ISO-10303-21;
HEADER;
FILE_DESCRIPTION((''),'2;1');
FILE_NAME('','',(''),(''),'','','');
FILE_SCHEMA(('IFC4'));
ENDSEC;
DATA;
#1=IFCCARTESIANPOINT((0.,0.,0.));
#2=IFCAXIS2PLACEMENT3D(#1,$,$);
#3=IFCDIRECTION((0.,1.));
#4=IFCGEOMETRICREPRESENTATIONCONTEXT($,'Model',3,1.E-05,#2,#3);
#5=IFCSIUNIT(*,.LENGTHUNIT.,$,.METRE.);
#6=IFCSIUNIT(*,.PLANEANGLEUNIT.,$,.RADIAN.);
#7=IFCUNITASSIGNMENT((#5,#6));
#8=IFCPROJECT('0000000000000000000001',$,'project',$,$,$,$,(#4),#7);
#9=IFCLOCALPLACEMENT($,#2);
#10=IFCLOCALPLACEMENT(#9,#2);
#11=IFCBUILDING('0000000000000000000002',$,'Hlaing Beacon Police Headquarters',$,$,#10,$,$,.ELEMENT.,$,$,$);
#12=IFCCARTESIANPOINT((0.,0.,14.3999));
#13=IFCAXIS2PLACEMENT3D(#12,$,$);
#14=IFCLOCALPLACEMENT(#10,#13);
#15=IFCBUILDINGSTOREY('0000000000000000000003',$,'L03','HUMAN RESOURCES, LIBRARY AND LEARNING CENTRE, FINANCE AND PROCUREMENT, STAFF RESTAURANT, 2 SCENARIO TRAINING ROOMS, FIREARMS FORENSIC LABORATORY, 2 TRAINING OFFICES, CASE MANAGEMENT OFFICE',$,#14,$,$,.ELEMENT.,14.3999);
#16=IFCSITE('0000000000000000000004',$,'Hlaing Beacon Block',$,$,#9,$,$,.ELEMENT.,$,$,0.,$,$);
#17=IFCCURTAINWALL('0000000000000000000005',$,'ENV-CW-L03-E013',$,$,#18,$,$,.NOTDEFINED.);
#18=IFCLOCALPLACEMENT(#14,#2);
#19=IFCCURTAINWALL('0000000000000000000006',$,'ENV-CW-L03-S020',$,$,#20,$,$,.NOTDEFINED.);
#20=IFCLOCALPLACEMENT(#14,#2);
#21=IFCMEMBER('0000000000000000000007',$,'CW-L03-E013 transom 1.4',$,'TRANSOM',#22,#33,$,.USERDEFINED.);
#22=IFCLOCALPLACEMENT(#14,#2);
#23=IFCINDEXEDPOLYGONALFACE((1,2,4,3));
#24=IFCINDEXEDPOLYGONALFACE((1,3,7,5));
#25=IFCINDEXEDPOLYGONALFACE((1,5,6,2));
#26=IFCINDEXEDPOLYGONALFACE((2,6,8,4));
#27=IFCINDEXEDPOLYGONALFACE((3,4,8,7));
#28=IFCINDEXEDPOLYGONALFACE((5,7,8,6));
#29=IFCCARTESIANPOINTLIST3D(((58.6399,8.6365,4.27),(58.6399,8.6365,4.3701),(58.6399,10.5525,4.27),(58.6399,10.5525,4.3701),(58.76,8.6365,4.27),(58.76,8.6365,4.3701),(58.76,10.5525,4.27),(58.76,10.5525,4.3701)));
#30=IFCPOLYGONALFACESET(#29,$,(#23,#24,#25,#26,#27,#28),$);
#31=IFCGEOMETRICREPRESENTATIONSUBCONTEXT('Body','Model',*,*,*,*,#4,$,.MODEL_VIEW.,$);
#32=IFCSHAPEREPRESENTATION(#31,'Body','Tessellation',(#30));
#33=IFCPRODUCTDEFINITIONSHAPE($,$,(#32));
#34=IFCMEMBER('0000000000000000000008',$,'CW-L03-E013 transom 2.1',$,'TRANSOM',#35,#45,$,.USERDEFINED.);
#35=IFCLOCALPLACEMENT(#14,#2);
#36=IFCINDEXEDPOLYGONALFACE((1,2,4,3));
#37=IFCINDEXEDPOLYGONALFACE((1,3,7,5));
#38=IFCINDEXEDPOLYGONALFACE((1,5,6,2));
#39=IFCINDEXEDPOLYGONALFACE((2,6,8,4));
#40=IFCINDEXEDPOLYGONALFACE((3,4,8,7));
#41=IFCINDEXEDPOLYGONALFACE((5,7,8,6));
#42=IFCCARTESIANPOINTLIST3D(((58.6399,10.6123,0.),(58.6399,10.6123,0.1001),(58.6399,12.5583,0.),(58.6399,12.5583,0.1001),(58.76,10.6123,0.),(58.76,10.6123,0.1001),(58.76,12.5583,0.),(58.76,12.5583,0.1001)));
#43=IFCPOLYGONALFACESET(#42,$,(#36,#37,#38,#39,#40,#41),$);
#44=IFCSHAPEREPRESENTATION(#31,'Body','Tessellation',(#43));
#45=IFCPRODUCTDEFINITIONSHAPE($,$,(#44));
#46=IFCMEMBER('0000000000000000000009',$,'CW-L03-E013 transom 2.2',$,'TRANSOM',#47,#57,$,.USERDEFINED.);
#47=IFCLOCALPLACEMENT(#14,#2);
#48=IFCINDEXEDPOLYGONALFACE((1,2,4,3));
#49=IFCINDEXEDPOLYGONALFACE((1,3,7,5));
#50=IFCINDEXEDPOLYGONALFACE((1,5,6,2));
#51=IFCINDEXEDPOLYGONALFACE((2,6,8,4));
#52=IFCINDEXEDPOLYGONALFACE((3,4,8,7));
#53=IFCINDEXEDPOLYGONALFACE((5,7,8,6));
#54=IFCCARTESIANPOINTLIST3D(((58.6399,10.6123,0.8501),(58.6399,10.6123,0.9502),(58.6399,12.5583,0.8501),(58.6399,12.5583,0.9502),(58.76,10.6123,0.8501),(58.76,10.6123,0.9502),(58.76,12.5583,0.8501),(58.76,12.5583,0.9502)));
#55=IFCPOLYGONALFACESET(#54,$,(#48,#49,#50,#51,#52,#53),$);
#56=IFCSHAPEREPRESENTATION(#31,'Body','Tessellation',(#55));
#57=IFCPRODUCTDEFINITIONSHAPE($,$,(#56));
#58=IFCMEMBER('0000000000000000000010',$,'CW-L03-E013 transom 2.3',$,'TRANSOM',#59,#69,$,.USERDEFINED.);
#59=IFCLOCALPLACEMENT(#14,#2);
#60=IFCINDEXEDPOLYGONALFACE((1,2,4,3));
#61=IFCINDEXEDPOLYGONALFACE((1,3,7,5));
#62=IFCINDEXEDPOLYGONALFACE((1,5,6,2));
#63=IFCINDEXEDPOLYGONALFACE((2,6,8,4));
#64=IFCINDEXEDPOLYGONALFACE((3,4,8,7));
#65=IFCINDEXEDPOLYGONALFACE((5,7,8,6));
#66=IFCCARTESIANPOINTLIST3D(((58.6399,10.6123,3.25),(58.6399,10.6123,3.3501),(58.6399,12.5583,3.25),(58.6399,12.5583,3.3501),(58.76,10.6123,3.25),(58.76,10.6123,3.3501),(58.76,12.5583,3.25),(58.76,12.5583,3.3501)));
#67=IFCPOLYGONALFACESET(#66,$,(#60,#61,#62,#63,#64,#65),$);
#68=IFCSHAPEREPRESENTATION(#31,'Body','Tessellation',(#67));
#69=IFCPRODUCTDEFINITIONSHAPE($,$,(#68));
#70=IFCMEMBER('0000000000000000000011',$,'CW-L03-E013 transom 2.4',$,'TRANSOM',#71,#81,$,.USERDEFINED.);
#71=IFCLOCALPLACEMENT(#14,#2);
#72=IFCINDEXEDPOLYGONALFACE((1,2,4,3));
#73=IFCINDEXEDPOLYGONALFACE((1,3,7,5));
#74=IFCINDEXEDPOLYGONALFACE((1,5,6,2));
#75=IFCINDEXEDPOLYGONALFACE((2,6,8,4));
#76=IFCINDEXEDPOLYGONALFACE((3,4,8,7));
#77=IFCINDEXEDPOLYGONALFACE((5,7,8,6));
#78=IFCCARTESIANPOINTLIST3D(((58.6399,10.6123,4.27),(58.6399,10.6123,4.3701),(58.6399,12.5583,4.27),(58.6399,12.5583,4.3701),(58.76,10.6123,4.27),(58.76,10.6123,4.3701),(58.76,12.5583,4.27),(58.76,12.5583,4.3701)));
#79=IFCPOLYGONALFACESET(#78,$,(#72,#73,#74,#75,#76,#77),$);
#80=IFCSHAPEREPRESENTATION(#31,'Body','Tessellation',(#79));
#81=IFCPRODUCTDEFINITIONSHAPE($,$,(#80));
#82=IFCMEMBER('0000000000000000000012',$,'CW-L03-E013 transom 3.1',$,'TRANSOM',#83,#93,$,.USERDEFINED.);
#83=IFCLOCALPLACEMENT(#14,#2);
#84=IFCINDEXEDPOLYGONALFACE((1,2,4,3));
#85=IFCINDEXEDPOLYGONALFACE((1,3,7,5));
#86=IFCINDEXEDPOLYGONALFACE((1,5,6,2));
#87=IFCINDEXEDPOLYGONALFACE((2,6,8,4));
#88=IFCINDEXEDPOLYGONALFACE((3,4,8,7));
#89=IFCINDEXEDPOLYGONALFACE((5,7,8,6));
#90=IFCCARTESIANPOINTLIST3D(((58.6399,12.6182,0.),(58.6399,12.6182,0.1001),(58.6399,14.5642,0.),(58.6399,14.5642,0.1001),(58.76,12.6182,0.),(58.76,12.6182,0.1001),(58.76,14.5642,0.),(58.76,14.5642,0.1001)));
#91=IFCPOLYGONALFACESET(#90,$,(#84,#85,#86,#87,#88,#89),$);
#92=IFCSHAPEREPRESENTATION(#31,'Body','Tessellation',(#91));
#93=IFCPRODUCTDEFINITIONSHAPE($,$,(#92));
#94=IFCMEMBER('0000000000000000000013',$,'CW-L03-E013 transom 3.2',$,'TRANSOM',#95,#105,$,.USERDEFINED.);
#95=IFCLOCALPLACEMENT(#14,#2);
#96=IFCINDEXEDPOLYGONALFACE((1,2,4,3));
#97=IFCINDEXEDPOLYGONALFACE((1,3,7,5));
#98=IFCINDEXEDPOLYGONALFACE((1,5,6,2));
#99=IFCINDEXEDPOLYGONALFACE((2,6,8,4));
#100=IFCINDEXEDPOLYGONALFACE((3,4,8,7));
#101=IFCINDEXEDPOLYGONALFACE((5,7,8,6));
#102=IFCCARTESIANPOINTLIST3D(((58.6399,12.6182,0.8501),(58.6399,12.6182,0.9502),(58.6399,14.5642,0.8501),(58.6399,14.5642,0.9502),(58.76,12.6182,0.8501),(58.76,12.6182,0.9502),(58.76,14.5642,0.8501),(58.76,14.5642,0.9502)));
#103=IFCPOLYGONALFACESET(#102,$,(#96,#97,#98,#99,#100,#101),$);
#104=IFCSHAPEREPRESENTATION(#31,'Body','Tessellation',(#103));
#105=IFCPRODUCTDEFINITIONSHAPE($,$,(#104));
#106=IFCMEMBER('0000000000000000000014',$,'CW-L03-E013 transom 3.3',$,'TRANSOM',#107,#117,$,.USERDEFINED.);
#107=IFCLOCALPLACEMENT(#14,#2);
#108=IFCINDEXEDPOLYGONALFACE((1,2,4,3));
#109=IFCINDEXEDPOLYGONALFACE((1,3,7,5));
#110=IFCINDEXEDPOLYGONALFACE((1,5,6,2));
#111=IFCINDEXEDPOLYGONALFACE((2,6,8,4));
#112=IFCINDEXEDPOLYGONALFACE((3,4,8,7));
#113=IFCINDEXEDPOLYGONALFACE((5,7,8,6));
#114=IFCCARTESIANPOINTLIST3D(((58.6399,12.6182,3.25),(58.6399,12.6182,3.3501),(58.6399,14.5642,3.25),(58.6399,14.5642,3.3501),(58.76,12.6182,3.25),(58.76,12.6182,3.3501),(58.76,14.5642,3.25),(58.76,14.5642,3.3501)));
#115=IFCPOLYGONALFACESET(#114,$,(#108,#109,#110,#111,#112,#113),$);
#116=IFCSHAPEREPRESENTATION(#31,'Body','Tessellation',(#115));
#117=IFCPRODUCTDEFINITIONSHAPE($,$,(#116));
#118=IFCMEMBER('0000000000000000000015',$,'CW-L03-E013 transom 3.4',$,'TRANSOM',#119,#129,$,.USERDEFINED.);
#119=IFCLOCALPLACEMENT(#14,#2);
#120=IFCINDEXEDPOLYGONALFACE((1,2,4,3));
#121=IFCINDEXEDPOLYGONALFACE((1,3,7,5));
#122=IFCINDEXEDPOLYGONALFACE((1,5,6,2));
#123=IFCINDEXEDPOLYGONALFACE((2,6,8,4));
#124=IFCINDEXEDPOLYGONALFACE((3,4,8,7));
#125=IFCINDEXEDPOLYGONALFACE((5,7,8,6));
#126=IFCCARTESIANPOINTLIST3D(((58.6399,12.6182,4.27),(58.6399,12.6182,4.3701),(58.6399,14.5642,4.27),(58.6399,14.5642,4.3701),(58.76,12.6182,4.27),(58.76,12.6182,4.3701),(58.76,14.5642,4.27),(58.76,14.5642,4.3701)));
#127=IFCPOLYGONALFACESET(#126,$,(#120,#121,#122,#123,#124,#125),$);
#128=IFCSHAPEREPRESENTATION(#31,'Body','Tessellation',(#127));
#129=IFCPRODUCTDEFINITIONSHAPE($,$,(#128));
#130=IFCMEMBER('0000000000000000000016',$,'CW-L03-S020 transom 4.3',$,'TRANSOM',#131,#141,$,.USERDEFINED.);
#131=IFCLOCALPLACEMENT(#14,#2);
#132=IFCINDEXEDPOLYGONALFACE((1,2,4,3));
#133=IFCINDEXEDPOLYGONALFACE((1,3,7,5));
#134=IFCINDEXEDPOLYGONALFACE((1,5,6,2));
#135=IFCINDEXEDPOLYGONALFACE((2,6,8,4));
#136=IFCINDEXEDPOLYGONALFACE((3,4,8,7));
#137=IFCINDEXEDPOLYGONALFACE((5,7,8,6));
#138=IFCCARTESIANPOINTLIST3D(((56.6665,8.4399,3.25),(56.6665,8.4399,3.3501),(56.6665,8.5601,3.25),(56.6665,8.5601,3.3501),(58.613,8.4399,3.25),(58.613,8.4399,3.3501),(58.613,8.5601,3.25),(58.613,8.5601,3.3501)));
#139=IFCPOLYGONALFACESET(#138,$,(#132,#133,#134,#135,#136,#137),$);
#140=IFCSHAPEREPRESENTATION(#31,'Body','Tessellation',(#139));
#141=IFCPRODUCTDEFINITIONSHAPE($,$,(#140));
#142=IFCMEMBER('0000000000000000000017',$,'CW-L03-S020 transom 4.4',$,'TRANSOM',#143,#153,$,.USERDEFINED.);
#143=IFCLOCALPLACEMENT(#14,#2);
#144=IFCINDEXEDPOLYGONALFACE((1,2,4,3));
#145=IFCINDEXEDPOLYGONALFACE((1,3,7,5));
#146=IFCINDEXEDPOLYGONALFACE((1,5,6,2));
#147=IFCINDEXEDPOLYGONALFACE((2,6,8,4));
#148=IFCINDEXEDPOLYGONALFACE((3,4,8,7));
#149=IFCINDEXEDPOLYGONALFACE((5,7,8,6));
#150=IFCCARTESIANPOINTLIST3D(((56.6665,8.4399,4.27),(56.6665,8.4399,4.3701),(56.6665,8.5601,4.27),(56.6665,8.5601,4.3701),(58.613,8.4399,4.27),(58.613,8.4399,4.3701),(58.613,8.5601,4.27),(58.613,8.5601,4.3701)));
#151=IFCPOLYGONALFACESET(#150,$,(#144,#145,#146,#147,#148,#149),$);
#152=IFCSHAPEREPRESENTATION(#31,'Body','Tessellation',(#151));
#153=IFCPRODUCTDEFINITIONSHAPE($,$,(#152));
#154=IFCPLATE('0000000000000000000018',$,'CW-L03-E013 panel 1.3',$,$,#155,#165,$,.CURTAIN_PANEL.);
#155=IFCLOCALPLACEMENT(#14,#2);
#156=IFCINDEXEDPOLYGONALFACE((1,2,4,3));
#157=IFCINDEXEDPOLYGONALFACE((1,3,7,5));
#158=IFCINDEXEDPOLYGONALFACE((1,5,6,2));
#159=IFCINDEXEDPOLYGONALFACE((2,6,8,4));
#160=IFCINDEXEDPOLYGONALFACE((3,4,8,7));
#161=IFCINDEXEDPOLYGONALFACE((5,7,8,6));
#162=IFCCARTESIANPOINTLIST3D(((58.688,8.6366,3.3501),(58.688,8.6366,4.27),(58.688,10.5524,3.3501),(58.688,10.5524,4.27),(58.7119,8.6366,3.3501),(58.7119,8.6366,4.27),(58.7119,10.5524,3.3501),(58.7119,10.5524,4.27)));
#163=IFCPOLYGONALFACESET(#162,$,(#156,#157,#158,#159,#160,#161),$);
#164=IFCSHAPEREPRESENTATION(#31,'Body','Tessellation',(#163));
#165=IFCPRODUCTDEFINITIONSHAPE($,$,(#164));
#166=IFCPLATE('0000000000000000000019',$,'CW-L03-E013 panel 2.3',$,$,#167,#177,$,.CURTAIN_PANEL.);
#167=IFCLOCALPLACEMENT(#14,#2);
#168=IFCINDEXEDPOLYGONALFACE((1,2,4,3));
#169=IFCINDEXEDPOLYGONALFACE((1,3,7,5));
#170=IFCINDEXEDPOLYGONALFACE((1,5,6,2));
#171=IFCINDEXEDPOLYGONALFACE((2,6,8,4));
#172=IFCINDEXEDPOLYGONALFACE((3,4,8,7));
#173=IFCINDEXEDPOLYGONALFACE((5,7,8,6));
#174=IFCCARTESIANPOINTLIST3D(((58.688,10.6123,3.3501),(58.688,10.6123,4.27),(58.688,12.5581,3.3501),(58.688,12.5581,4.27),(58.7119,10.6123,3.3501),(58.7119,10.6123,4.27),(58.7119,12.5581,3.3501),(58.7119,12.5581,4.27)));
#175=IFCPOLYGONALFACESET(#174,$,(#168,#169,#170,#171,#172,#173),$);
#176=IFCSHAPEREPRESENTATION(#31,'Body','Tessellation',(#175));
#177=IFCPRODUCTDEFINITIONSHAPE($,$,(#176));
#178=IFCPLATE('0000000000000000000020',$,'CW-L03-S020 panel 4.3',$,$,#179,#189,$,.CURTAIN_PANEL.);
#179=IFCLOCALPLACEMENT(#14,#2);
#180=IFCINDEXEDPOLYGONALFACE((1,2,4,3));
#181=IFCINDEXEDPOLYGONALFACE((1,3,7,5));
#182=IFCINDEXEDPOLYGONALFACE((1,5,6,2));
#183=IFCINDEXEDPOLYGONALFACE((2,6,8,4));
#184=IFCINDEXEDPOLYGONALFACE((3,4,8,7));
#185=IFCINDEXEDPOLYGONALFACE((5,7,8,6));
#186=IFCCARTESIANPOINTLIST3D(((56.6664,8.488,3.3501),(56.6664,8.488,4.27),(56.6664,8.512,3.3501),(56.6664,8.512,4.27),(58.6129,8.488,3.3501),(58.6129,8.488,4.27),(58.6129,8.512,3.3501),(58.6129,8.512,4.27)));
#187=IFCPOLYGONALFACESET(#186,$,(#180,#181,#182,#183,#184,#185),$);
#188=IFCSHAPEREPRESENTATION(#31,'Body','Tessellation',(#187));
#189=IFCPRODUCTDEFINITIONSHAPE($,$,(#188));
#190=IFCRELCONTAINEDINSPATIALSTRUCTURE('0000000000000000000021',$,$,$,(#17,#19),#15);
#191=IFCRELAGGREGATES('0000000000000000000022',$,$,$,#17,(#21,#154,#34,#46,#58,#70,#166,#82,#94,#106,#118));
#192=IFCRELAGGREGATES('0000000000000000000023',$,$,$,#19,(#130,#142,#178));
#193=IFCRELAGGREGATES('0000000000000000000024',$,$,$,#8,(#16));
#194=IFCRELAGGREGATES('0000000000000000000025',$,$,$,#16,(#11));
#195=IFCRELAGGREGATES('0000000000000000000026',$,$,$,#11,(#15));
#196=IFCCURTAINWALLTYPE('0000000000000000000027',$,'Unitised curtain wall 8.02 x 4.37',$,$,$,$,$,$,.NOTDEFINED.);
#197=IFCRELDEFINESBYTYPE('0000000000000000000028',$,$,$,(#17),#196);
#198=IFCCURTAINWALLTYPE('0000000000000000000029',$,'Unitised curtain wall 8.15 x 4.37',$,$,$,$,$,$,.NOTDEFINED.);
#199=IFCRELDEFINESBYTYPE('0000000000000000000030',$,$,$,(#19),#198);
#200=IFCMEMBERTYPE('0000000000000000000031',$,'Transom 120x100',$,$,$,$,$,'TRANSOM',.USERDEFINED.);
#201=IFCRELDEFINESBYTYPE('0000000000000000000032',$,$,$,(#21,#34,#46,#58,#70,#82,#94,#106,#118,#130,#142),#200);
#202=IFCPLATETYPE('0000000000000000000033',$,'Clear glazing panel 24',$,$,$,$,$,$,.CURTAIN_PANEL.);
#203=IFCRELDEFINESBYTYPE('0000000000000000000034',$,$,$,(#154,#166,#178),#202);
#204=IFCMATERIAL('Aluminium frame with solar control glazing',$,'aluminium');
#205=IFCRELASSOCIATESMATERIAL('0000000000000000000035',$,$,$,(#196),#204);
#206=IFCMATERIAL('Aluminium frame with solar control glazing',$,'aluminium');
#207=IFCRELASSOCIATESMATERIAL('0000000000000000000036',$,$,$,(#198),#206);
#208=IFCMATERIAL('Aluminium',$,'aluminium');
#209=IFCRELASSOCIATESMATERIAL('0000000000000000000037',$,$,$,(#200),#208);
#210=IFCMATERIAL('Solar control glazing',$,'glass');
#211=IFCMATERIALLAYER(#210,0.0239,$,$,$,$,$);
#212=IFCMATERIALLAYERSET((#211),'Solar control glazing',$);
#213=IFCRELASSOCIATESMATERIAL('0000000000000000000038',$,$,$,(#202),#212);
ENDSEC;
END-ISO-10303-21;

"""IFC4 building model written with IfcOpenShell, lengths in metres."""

from ifc_helpers import new_model, si_unit, direction, frame, origin, origin_2d, place, context, subcontext, project, spatial, rectangle, extrude, material, layer, layer_set, material_profile, profile_set, type_object, element, aggregate, save


model = new_model("IFC4")

# Units and contexts
model_context = context("Model", 3, precision=1e-05, world=origin(), true_north=direction((0.0, 1.0)))
body_context = subcontext(model_context, "Body", "Model", "MODEL_VIEW")
ifc_project = project(units=[si_unit("LENGTHUNIT", "METRE"), si_unit("PLANEANGLEUNIT", "RADIAN")], contexts=[model_context])

# Site, building, storey
site_placement = place(None, origin())
site = spatial("IfcSite", under=ifc_project, at=site_placement, Name="Hlaing Beacon Block", CompositionType="ELEMENT", RefElevation=0.0)
building_placement = place(site_placement, origin())
building = spatial("IfcBuilding", under=site, at=building_placement, Name="Hlaing Beacon Police Headquarters", CompositionType="ELEMENT")
storey_placement = place(building_placement, frame((0.0, 0.0, 14.3999)))
storey = spatial("IfcBuildingStorey", under=building, at=storey_placement, Name="L03", Description="HUMAN RESOURCES, LIBRARY AND LEARNING CENTRE, FINANCE AND PROCUREMENT, STAFF RESTAURANT, 2 SCENARIO TRAINING ROOMS, FIREARMS FORENSIC LABORATORY, 2 TRAINING OFFICES, CASE MANAGEMENT OFFICE", CompositionType="ELEMENT", Elevation=14.3999)

# Curtain wall
ifc_material_1 = material(Name="Aluminium frame with solar control glazing", Category="aluminium")
curtain_wall_type_1 = type_object("IfcCurtainWallType", Name="Unitised curtain wall 8.02 x 4.37", PredefinedType="NOTDEFINED", material=ifc_material_1)
curtain_wall_1_placement = place(storey_placement, origin())
curtain_wall_1 = element("IfcCurtainWall", 1, at=curtain_wall_1_placement, inside=storey, type_object=curtain_wall_type_1, Name="ENV-CW-L03-E013", PredefinedType="NOTDEFINED")

# Curtain wall
ifc_material_2 = material(Name="Aluminium frame with solar control glazing", Category="aluminium")
curtain_wall_type_2 = type_object("IfcCurtainWallType", Name="Unitised curtain wall 8.15 x 4.37", PredefinedType="NOTDEFINED", material=ifc_material_2)
curtain_wall_2_placement = place(storey_placement, origin())
curtain_wall_2 = element("IfcCurtainWall", 2, at=curtain_wall_2_placement, inside=storey, type_object=curtain_wall_type_2, Name="ENV-CW-L03-S020", PredefinedType="NOTDEFINED")

# Members
ifc_material_3 = material(Name="Aluminium", Category="aluminium")
ifc_material_profile_1 = material_profile(ifc_material_3, rectangle(XDim=0.1201, YDim=0.1001, at=origin_2d()), Name="Transom 120x100")
ifc_profile_set_1 = profile_set([ifc_material_profile_1], Name="Aluminium")
member_type_1 = type_object("IfcMemberType", Name="Transom 120x100", ElementType="TRANSOM", PredefinedType="USERDEFINED", material=ifc_profile_set_1)
member_1_placement = place(storey_placement, frame((58.7, 8.6365, 4.3201), z_axis=(0.0, 1.0, 0.0), x_axis=(-1.0, 0.0, 0.0)))
member_1 = element("IfcMember", 3, at=member_1_placement, type_object=member_type_1, Name="CW-L03-E013 transom 1.4", ObjectType="TRANSOM", PredefinedType="USERDEFINED", context=body_context, shape_type="SweptSolid", body=[
    extrude(rectangle(XDim=0.1201, YDim=0.1001, at=origin_2d()), origin(), (0.0, 0.0, 1.0), 1.916),
])
member_2_placement = place(storey_placement, frame((58.7, 10.6123, 0.05), z_axis=(0.0, 1.0, 0.0), x_axis=(-1.0, 0.0, 0.0)))
member_2 = element("IfcMember", 4, at=member_2_placement, type_object=member_type_1, Name="CW-L03-E013 transom 2.1", ObjectType="TRANSOM", PredefinedType="USERDEFINED", context=body_context, shape_type="SweptSolid", body=[
    extrude(rectangle(XDim=0.1201, YDim=0.1001, at=origin_2d()), origin(), (0.0, 0.0, 1.0), 1.946),
])
member_3_placement = place(storey_placement, frame((58.7, 10.6123, 0.9001), z_axis=(0.0, 1.0, 0.0), x_axis=(-1.0, 0.0, 0.0)))
member_3 = element("IfcMember", 5, at=member_3_placement, type_object=member_type_1, Name="CW-L03-E013 transom 2.2", ObjectType="TRANSOM", PredefinedType="USERDEFINED", context=body_context, shape_type="SweptSolid", body=[
    extrude(rectangle(XDim=0.1201, YDim=0.1001, at=origin_2d()), origin(), (0.0, 0.0, 1.0), 1.946),
])
member_4_placement = place(storey_placement, frame((58.7, 10.6123, 3.3), z_axis=(0.0, 1.0, 0.0), x_axis=(-1.0, 0.0, 0.0)))
member_4 = element("IfcMember", 6, at=member_4_placement, type_object=member_type_1, Name="CW-L03-E013 transom 2.3", ObjectType="TRANSOM", PredefinedType="USERDEFINED", context=body_context, shape_type="SweptSolid", body=[
    extrude(rectangle(XDim=0.1201, YDim=0.1001, at=origin_2d()), origin(), (0.0, 0.0, 1.0), 1.946),
])
member_5_placement = place(storey_placement, frame((58.7, 10.6123, 4.3201), z_axis=(0.0, 1.0, 0.0), x_axis=(-1.0, 0.0, 0.0)))
member_5 = element("IfcMember", 7, at=member_5_placement, type_object=member_type_1, Name="CW-L03-E013 transom 2.4", ObjectType="TRANSOM", PredefinedType="USERDEFINED", context=body_context, shape_type="SweptSolid", body=[
    extrude(rectangle(XDim=0.1201, YDim=0.1001, at=origin_2d()), origin(), (0.0, 0.0, 1.0), 1.946),
])
member_6_placement = place(storey_placement, frame((58.7, 12.6182, 0.05), z_axis=(0.0, 1.0, 0.0), x_axis=(-1.0, 0.0, 0.0)))
member_6 = element("IfcMember", 8, at=member_6_placement, type_object=member_type_1, Name="CW-L03-E013 transom 3.1", ObjectType="TRANSOM", PredefinedType="USERDEFINED", context=body_context, shape_type="SweptSolid", body=[
    extrude(rectangle(XDim=0.1201, YDim=0.1001, at=origin_2d()), origin(), (0.0, 0.0, 1.0), 1.946),
])
member_7_placement = place(storey_placement, frame((58.7, 12.6182, 0.9001), z_axis=(0.0, 1.0, 0.0), x_axis=(-1.0, 0.0, 0.0)))
member_7 = element("IfcMember", 9, at=member_7_placement, type_object=member_type_1, Name="CW-L03-E013 transom 3.2", ObjectType="TRANSOM", PredefinedType="USERDEFINED", context=body_context, shape_type="SweptSolid", body=[
    extrude(rectangle(XDim=0.1201, YDim=0.1001, at=origin_2d()), origin(), (0.0, 0.0, 1.0), 1.946),
])
member_8_placement = place(storey_placement, frame((58.7, 12.6182, 3.3), z_axis=(0.0, 1.0, 0.0), x_axis=(-1.0, 0.0, 0.0)))
member_8 = element("IfcMember", 10, at=member_8_placement, type_object=member_type_1, Name="CW-L03-E013 transom 3.3", ObjectType="TRANSOM", PredefinedType="USERDEFINED", context=body_context, shape_type="SweptSolid", body=[
    extrude(rectangle(XDim=0.1201, YDim=0.1001, at=origin_2d()), origin(), (0.0, 0.0, 1.0), 1.946),
])
member_9_placement = place(storey_placement, frame((58.7, 12.6182, 4.3201), z_axis=(0.0, 1.0, 0.0), x_axis=(-1.0, 0.0, 0.0)))
member_9 = element("IfcMember", 11, at=member_9_placement, type_object=member_type_1, Name="CW-L03-E013 transom 3.4", ObjectType="TRANSOM", PredefinedType="USERDEFINED", context=body_context, shape_type="SweptSolid", body=[
    extrude(rectangle(XDim=0.1201, YDim=0.1001, at=origin_2d()), origin(), (0.0, 0.0, 1.0), 1.946),
])
member_10_placement = place(storey_placement, frame((56.6665, 8.5, 3.3), z_axis=(1.0, 0.0, 0.0), x_axis=(0.0, 1.0, 0.0)))
member_10 = element("IfcMember", 12, at=member_10_placement, type_object=member_type_1, Name="CW-L03-S020 transom 4.3", ObjectType="TRANSOM", PredefinedType="USERDEFINED", context=body_context, shape_type="SweptSolid", body=[
    extrude(rectangle(XDim=0.1201, YDim=0.1001, at=origin_2d()), origin(), (0.0, 0.0, 1.0), 1.9465),
])
member_11_placement = place(storey_placement, frame((56.6665, 8.5, 4.3201), z_axis=(1.0, 0.0, 0.0), x_axis=(0.0, 1.0, 0.0)))
member_11 = element("IfcMember", 13, at=member_11_placement, type_object=member_type_1, Name="CW-L03-S020 transom 4.4", ObjectType="TRANSOM", PredefinedType="USERDEFINED", context=body_context, shape_type="SweptSolid", body=[
    extrude(rectangle(XDim=0.1201, YDim=0.1001, at=origin_2d()), origin(), (0.0, 0.0, 1.0), 1.9465),
])

# Plates
ifc_material_4 = material(Name="Solar control glazing", Category="glass")
ifc_layer_1 = layer(ifc_material_4, 0.0239)
ifc_layer_set_1 = layer_set([ifc_layer_1], Name="Solar control glazing")
plate_type_1 = type_object("IfcPlateType", Name="Clear glazing panel 24", PredefinedType="CURTAIN_PANEL", material=ifc_layer_set_1)
plate_1_placement = place(storey_placement, frame((58.7, 9.5945, 3.3501), z_axis=(0.0, 0.0, 1.0), x_axis=(0.0, 1.0, 0.0)))
plate_1 = element("IfcPlate", 14, at=plate_1_placement, type_object=plate_type_1, Name="CW-L03-E013 panel 1.3", PredefinedType="CURTAIN_PANEL", context=body_context, shape_type="SweptSolid", body=[
    extrude(rectangle(XDim=1.9158, YDim=0.0239, at=origin_2d()), origin(), (0.0, 0.0, 1.0), 0.9199),
])
plate_2_placement = place(storey_placement, frame((58.7, 11.5852, 3.3501), z_axis=(0.0, 0.0, 1.0), x_axis=(0.0, 1.0, 0.0)))
plate_2 = element("IfcPlate", 15, at=plate_2_placement, type_object=plate_type_1, Name="CW-L03-E013 panel 2.3", PredefinedType="CURTAIN_PANEL", context=body_context, shape_type="SweptSolid", body=[
    extrude(rectangle(XDim=1.9458, YDim=0.0239, at=origin_2d()), origin(), (0.0, 0.0, 1.0), 0.9199),
])
plate_3_placement = place(storey_placement, frame((57.6396, 8.5, 3.3501), z_axis=(0.0, 0.0, 1.0), x_axis=(1.0, 0.0, 0.0)))
plate_3 = element("IfcPlate", 16, at=plate_3_placement, type_object=plate_type_1, Name="CW-L03-S020 panel 4.3", PredefinedType="CURTAIN_PANEL", context=body_context, shape_type="SweptSolid", body=[
    extrude(rectangle(XDim=1.9465, YDim=0.0239, at=origin_2d()), origin(), (0.0, 0.0, 1.0), 0.9199),
])
aggregate(curtain_wall_1, [member_1, plate_1, member_2, member_3, member_4, member_5, plate_2, member_6, member_7, member_8, member_9])
aggregate(curtain_wall_2, [member_10, member_11, plate_3])

save(model, "model.ifc")
